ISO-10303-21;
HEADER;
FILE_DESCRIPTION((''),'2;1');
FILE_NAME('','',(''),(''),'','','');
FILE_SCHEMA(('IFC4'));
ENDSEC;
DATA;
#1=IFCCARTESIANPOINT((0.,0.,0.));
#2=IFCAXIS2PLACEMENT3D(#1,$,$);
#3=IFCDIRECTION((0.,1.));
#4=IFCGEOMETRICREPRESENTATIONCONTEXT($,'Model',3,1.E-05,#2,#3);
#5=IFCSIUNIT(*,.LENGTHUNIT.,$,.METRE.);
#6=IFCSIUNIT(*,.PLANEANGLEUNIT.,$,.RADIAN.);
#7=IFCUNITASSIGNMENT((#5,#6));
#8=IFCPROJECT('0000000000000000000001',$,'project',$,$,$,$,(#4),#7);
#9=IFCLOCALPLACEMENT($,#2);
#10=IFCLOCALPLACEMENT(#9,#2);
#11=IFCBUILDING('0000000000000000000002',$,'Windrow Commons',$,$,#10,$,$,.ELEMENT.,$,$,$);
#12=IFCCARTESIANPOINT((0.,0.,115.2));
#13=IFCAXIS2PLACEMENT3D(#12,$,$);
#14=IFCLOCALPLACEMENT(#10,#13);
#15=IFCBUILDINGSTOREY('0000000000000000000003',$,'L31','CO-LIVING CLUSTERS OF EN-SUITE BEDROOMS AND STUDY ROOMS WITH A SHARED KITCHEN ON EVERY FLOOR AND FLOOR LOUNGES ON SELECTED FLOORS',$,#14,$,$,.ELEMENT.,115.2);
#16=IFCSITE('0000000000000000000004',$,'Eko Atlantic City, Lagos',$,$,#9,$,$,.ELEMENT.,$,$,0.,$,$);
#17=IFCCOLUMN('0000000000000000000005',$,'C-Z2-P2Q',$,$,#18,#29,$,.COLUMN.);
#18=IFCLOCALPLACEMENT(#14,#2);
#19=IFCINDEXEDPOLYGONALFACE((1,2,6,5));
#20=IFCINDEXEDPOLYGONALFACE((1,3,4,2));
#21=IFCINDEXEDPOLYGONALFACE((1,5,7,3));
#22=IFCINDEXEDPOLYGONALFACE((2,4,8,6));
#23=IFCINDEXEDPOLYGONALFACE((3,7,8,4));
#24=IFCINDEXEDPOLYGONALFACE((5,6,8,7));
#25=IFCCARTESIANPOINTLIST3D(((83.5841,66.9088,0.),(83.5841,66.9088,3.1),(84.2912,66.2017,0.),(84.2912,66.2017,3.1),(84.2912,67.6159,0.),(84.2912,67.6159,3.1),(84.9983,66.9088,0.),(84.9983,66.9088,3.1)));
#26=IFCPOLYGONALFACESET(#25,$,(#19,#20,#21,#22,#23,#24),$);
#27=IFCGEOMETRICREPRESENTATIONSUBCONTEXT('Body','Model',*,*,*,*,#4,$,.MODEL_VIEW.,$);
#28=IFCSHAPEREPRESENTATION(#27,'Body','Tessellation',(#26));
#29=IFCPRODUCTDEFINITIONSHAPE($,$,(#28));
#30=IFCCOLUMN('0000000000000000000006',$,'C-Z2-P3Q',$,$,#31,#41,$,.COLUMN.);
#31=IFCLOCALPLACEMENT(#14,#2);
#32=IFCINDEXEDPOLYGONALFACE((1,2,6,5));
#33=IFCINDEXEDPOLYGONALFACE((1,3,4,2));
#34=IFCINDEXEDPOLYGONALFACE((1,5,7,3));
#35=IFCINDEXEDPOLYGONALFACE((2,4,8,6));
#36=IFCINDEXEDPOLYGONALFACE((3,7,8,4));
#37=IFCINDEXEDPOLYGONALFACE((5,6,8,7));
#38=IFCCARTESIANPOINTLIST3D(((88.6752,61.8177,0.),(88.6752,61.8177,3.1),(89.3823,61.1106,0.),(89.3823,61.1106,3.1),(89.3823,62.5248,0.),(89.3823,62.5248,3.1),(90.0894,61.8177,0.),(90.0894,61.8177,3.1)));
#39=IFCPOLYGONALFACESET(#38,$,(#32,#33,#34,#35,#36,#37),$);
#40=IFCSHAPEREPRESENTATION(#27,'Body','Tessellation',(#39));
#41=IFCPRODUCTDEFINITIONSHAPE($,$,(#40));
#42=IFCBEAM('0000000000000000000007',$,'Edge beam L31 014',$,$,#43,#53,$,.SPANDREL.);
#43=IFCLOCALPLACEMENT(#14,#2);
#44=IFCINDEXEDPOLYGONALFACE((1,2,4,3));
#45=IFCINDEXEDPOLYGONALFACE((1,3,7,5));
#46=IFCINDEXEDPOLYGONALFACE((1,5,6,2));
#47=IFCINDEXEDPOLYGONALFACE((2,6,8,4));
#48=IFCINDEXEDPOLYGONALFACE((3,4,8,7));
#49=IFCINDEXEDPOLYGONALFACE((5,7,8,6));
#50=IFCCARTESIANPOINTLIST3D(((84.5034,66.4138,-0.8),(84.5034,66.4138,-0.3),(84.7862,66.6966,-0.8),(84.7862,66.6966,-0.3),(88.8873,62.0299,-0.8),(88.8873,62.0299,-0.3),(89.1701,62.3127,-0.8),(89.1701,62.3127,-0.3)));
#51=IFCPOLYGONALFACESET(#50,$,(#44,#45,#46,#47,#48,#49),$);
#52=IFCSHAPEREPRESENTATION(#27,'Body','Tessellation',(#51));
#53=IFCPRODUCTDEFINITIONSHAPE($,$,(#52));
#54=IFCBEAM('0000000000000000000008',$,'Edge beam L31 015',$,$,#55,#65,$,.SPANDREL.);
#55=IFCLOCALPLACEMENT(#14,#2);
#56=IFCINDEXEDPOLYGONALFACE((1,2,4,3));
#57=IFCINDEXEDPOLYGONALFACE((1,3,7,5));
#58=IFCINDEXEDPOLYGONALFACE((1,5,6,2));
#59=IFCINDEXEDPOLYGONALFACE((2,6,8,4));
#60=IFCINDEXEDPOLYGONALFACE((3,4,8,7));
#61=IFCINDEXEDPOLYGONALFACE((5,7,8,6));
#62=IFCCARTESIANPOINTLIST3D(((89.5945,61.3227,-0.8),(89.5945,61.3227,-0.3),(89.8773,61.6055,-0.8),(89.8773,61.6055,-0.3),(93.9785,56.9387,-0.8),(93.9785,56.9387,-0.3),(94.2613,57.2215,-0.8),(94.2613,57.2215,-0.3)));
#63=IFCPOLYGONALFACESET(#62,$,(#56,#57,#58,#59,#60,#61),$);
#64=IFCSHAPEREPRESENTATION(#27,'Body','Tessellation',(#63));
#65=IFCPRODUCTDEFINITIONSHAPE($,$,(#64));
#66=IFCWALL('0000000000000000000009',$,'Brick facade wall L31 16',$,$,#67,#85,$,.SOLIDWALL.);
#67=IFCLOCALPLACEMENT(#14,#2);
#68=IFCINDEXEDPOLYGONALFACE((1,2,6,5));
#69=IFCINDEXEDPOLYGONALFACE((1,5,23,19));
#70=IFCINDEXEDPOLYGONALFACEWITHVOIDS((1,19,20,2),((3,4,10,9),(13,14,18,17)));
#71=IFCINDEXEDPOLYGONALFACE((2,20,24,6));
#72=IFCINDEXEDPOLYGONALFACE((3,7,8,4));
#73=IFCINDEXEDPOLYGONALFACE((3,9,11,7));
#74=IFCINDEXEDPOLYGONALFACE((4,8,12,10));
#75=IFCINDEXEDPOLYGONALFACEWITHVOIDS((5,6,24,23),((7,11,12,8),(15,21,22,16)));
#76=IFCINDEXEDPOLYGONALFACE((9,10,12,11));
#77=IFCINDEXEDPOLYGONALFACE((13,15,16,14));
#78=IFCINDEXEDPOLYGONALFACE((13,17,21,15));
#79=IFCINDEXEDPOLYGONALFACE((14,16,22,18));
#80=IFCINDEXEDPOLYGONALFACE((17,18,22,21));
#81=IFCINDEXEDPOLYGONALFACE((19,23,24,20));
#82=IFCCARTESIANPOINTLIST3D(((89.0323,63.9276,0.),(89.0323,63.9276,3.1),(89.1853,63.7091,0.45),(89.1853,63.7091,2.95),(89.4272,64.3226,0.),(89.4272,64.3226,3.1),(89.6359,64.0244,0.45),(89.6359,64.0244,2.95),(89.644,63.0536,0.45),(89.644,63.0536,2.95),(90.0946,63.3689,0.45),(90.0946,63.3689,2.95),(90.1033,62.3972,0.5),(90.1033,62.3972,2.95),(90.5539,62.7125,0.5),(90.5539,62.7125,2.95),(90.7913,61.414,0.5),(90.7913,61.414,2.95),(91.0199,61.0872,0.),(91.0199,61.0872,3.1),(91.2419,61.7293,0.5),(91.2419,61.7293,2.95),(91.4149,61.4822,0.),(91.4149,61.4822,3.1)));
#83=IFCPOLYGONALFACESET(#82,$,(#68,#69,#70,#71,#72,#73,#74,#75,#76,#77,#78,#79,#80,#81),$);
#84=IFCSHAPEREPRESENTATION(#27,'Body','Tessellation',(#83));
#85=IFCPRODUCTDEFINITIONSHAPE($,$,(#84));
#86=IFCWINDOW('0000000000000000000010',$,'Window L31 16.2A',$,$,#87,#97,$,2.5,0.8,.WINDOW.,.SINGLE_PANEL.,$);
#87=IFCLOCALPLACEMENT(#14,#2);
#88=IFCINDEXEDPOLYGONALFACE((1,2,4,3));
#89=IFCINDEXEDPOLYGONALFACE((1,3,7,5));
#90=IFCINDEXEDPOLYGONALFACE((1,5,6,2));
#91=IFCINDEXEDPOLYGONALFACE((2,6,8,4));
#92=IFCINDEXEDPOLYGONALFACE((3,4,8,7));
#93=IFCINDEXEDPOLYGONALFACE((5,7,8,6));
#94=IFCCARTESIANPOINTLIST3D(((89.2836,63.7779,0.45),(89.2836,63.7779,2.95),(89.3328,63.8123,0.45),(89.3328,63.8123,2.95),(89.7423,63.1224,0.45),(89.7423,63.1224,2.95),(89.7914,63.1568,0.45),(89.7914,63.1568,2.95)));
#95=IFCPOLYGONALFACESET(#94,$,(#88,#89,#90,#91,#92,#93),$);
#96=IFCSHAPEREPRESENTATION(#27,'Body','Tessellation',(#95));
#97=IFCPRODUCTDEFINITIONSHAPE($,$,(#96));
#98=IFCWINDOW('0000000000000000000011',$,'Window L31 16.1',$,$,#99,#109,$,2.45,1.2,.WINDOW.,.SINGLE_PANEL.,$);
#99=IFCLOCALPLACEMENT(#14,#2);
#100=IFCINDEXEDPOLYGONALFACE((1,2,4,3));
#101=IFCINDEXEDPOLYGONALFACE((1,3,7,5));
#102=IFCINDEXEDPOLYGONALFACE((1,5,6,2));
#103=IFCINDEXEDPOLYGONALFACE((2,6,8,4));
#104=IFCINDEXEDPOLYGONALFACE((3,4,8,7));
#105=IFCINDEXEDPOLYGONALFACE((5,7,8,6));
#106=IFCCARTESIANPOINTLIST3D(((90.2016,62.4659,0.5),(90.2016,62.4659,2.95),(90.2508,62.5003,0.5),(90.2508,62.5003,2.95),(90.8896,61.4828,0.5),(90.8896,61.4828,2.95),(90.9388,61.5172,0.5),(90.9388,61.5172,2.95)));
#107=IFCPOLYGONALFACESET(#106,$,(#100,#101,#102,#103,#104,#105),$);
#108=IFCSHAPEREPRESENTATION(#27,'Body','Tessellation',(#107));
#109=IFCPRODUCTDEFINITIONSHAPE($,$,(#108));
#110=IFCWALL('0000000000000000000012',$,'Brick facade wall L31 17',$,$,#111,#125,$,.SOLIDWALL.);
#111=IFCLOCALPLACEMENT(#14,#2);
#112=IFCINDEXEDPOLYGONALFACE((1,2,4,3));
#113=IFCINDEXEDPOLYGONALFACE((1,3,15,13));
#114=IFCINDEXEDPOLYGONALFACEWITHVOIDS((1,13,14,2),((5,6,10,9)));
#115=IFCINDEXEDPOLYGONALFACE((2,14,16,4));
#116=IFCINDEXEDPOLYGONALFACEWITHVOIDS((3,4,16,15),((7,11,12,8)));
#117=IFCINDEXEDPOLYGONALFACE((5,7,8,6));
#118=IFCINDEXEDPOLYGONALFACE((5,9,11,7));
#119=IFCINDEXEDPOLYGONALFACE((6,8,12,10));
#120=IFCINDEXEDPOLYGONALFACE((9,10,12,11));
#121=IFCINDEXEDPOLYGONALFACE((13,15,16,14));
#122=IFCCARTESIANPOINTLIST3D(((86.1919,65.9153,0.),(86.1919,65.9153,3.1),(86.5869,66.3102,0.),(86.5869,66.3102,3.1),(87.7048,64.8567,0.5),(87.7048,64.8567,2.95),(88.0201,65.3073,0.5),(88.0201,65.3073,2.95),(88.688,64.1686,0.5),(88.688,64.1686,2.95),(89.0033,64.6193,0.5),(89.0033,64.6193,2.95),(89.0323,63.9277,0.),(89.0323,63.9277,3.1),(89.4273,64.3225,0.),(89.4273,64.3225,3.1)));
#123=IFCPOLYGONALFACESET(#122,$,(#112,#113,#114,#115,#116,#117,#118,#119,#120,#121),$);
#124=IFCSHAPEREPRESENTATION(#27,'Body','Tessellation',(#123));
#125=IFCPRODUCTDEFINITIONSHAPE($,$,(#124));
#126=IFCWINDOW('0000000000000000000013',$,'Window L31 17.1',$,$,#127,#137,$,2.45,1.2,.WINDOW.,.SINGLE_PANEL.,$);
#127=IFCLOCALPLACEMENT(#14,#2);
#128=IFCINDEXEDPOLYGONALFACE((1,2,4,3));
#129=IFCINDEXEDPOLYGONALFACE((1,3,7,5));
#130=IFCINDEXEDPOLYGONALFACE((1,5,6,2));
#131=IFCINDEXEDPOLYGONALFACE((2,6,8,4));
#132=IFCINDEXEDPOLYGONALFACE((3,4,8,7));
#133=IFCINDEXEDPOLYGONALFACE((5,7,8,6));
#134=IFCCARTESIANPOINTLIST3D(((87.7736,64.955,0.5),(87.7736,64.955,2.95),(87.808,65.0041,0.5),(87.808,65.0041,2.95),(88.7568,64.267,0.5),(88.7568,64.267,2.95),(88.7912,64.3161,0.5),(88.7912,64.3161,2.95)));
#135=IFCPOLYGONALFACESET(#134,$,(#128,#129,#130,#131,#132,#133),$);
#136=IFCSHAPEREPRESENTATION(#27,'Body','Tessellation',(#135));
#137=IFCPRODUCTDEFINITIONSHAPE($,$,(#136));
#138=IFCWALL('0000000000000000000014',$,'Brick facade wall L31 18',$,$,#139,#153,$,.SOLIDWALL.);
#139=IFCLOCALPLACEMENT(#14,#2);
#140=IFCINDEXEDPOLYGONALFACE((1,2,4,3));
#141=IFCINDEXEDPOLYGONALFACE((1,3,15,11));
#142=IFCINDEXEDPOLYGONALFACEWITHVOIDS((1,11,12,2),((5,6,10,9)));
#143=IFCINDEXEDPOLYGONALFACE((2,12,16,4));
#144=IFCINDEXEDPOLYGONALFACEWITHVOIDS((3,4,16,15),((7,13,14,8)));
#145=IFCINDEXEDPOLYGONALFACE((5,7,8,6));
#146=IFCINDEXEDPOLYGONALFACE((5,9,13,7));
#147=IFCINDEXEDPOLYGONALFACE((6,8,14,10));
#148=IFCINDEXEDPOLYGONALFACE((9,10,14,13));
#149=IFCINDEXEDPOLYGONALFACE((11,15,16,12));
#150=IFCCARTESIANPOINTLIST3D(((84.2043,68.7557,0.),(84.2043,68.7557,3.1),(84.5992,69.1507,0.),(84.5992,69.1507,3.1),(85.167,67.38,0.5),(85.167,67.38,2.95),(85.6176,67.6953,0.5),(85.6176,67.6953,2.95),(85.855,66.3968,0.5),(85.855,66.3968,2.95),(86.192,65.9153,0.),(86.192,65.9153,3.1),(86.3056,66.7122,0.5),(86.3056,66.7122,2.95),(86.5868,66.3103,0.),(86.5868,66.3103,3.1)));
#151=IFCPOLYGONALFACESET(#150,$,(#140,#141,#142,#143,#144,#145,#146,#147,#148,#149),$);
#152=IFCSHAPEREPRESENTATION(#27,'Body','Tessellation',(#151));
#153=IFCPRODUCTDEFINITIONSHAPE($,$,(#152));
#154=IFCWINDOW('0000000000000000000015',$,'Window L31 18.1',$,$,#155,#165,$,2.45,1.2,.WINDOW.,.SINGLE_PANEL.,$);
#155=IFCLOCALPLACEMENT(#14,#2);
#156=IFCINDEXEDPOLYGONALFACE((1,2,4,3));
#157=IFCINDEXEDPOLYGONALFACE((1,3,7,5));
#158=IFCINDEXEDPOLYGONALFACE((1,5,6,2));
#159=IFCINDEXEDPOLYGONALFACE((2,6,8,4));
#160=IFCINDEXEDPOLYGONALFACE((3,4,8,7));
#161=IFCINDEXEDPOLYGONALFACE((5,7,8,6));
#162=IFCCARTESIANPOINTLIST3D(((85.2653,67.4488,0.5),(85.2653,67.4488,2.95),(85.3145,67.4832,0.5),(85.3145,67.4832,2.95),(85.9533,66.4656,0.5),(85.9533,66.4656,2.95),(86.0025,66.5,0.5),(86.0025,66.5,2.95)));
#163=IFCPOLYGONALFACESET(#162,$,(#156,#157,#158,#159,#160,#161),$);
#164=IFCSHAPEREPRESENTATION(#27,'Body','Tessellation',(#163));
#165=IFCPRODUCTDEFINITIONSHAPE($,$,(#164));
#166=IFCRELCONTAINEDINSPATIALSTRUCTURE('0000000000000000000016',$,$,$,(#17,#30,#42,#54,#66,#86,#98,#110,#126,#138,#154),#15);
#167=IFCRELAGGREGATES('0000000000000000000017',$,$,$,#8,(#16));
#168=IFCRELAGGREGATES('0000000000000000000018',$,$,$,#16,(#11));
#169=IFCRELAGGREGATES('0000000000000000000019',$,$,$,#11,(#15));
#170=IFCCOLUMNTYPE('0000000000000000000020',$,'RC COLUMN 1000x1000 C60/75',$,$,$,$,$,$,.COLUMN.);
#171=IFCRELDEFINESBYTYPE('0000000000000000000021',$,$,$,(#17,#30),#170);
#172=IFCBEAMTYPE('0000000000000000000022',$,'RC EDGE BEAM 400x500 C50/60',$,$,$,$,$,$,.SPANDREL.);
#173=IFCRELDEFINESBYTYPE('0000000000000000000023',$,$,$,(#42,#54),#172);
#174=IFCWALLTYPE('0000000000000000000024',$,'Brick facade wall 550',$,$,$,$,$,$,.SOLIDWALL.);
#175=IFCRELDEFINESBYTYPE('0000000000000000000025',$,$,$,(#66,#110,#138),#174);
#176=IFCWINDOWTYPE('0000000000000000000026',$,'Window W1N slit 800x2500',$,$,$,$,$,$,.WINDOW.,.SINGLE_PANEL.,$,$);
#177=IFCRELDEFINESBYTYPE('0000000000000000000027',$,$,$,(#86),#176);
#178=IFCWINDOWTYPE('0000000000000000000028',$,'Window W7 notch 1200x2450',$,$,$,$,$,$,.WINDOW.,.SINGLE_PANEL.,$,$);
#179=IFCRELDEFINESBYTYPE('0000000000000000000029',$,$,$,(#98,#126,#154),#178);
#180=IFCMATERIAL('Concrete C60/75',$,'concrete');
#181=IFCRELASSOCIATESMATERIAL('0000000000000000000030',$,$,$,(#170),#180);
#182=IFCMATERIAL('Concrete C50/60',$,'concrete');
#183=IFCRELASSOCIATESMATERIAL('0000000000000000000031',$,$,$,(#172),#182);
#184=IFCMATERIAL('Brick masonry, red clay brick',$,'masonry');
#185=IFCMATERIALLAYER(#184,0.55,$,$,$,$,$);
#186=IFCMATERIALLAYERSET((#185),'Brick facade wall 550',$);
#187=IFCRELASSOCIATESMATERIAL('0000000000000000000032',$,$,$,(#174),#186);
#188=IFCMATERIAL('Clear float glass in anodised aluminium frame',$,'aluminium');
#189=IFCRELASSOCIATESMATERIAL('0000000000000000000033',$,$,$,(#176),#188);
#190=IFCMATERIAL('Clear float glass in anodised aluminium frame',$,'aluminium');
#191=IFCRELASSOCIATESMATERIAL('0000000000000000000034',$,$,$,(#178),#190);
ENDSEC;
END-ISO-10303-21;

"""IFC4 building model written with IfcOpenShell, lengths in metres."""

from ifc_helpers import new_model, si_unit, direction, frame, frame_2d, origin, origin_2d, place, context, subcontext, project, spatial, polyline, rectangle, outline, extrude, material, layer, layer_set, material_profile, profile_set, type_object, element, fill, save


model = new_model("IFC4")

# Units and contexts
model_context = context("Model", 3, precision=1e-05, world=origin(), true_north=direction((0.0, 1.0)))
body_context = subcontext(model_context, "Body", "Model", "MODEL_VIEW")
ifc_project = project(units=[si_unit("LENGTHUNIT", "METRE"), si_unit("PLANEANGLEUNIT", "RADIAN")], contexts=[model_context])

# Site, building, storey
site_placement = place(None, origin())
site = spatial("IfcSite", under=ifc_project, at=site_placement, Name="Eko Atlantic City, Lagos", CompositionType="ELEMENT", RefElevation=0.0)
building_placement = place(site_placement, origin())
building = spatial("IfcBuilding", under=site, at=building_placement, Name="Windrow Commons", CompositionType="ELEMENT")
storey_placement = place(building_placement, frame((0.0, 0.0, 115.2)))
storey = spatial("IfcBuildingStorey", under=building, at=storey_placement, Name="L31", Description="CO-LIVING CLUSTERS OF EN-SUITE BEDROOMS AND STUDY ROOMS WITH A SHARED KITCHEN ON EVERY FLOOR AND FLOOR LOUNGES ON SELECTED FLOORS", CompositionType="ELEMENT", Elevation=115.2)

# Columns
ifc_material_1 = material(Name="Concrete C60/75", Category="concrete")
ifc_material_profile_1 = material_profile(ifc_material_1, rectangle(XDim=1.0, YDim=1.0, at=origin_2d()))
ifc_profile_set_1 = profile_set([ifc_material_profile_1], Name="Concrete C60/75")
column_type = type_object("IfcColumnType", Name="RC COLUMN 1000x1000 C60/75", PredefinedType="COLUMN", material=ifc_profile_set_1)
for number, where, z_axis, x_axis, name in (
    (1, (84.2912, 66.9088, 0.0), (0.0, 0.0, 1.0), (0.707107, -0.707107, 0.0), "C-Z2-P2Q"),
    (2, (89.3823, 61.8177, 0.0), (0.0, 0.0, 1.0), (0.707107, -0.707107, 0.0), "C-Z2-P3Q"),
):
    element("IfcColumn", number, at=place(storey_placement, frame(where, z_axis=z_axis, x_axis=x_axis)), inside=storey, type_object=column_type, Name=name, PredefinedType="COLUMN", context=body_context, shape_type="SweptSolid", body=[
        extrude(rectangle(XDim=1.0, YDim=1.0, at=origin_2d()), origin(), (0.0, 0.0, 1.0), 3.1),
    ])

# Beams
ifc_material_2 = material(Name="Concrete C50/60", Category="concrete")
ifc_material_profile_2 = material_profile(ifc_material_2, rectangle(XDim=0.4, YDim=0.5, at=origin_2d()))
ifc_profile_set_2 = profile_set([ifc_material_profile_2], Name="Concrete C50/60")
beam_type = type_object("IfcBeamType", Name="RC EDGE BEAM 400x500 C50/60", PredefinedType="SPANDREL", material=ifc_profile_set_2)
beam_1_placement = place(storey_placement, frame((84.6448, 66.5552, -0.55), z_axis=(0.707107, -0.707107, 0.0), x_axis=(0.707107, 0.707107, 0.0)))
element("IfcBeam", 3, at=beam_1_placement, inside=storey, type_object=beam_type, Name="Edge beam L31 014", PredefinedType="SPANDREL", context=body_context, shape_type="SweptSolid", body=[
    extrude(rectangle(XDim=0.4, YDim=0.5, at=origin_2d()), origin(), (0.0, 0.0, 1.0), 6.1998),
])
beam_2_placement = place(storey_placement, frame((89.7359, 61.4641, -0.55), z_axis=(0.707107, -0.707107, 0.0), x_axis=(0.707107, 0.707107, 0.0)))
element("IfcBeam", 4, at=beam_2_placement, inside=storey, type_object=beam_type, Name="Edge beam L31 015", PredefinedType="SPANDREL", context=body_context, shape_type="SweptSolid", body=[
    extrude(rectangle(XDim=0.4, YDim=0.5, at=origin_2d()), origin(), (0.0, 0.0, 1.0), 6.1999),
])

# Wall, openings, windows
ifc_material_3 = material(Name="Brick masonry, red clay brick", Category="masonry")
ifc_layer_1 = layer(ifc_material_3, 0.55)
ifc_layer_set_1 = layer_set([ifc_layer_1], Name="Brick facade wall 550")
wall_type_1 = type_object("IfcWallType", Name="Brick facade wall 550", PredefinedType="SOLIDWALL", material=ifc_layer_set_1)
wall_1_placement = place(storey_placement, frame((91.2174, 61.2847, 0.0), z_axis=(0.0, 0.0, 1.0), x_axis=(-0.573331, 0.819324, 0.0)))
wall_1 = element("IfcWall", 5, at=wall_1_placement, inside=storey, type_object=wall_type_1, Name="Brick facade wall L31 16", PredefinedType="SOLIDWALL", context=body_context, shape_type="SweptSolid", body=[
    extrude(outline(polyline([(0.0486, -0.275), (3.5154, -0.275), (3.4182, 0.275), (-0.0486, 0.275), (0.0486, -0.275)])), origin(), (0.0, 0.0, 1.0), 3.1),
])
opening_1_placement = place(wall_1_placement, frame((0.3502, 0.0, 0.5)))
opening_1 = element("IfcOpeningElement", 6, at=opening_1_placement, cuts=wall_1, PredefinedType="OPENING", context=body_context, shape_type="SweptSolid", body=[
    extrude(rectangle(XDim=1.2, YDim=2.45, at=frame_2d((0.6, 1.225))), frame((0.0, 0.285, 0.0), z_axis=(0.0, -1.0, 0.0), x_axis=(1.0, 0.0, 0.0)), (0.0, 0.0, 1.0), 0.57),
])
opening_2_placement = place(wall_1_placement, frame((2.3514, 0.0, 0.45)))
opening_2 = element("IfcOpeningElement", 7, at=opening_2_placement, cuts=wall_1, PredefinedType="OPENING", context=body_context, shape_type="SweptSolid", body=[
    extrude(rectangle(XDim=0.8, YDim=2.5, at=frame_2d((0.4, 1.25))), frame((0.0, 0.285, 0.0), z_axis=(0.0, -1.0, 0.0), x_axis=(1.0, 0.0, 0.0)), (0.0, 0.0, 1.0), 0.57),
])
ifc_material_4 = material(Name="Clear float glass in anodised aluminium frame", Category="aluminium")
window_type_1 = type_object("IfcWindowType", Name="Window W1N slit 800x2500", PartitioningType="SINGLE_PANEL", PredefinedType="WINDOW", material=ifc_material_4)
window_1_placement = place(opening_2_placement, origin())
window_1 = element("IfcWindow", 8, at=window_1_placement, inside=storey, type_object=window_type_1, Name="Window L31 16.2A", OverallHeight=2.5, OverallWidth=0.8, PartitioningType="SINGLE_PANEL", PredefinedType="WINDOW", context=body_context, shape_type="SweptSolid", body=[
    extrude(rectangle(XDim=0.8, YDim=2.5, at=frame_2d((0.4, 1.25))), frame((0.0, 0.155, 0.0), z_axis=(0.0, -1.0, 0.0), x_axis=(1.0, 0.0, 0.0)), (0.0, 0.0, 1.0), 0.06),
])
fill(opening_2, window_1)
ifc_material_5 = material(Name="Clear float glass in anodised aluminium frame", Category="aluminium")
window_type_2 = type_object("IfcWindowType", Name="Window W7 notch 1200x2450", PartitioningType="SINGLE_PANEL", PredefinedType="WINDOW", material=ifc_material_5)
window_2_placement = place(opening_1_placement, origin())
window_2 = element("IfcWindow", 9, at=window_2_placement, inside=storey, type_object=window_type_2, Name="Window L31 16.1", OverallHeight=2.45, OverallWidth=1.2, PartitioningType="SINGLE_PANEL", PredefinedType="WINDOW", context=body_context, shape_type="SweptSolid", body=[
    extrude(rectangle(XDim=1.2, YDim=2.45, at=frame_2d((0.6, 1.225))), frame((0.0, 0.155, 0.0), z_axis=(0.0, -1.0, 0.0), x_axis=(1.0, 0.0, 0.0)), (0.0, 0.0, 1.0), 0.06),
])
fill(opening_1, window_2)

# Walls, openings, windows
wall_2_placement = place(storey_placement, frame((89.2298, 64.1251, 0.0), z_axis=(0.0, 0.0, 1.0), x_axis=(-0.819311, 0.57335, 0.0)))
wall_2 = element("IfcWall", 10, at=wall_2_placement, inside=storey, type_object=wall_type_1, Name="Brick facade wall L31 17", PredefinedType="SOLIDWALL", context=body_context, shape_type="SweptSolid", body=[
    extrude(outline(polyline([(-0.0486, -0.275), (3.4182, -0.275), (3.5154, 0.275), (0.0486, 0.275), (-0.0486, -0.275)])), origin(), (0.0, 0.0, 1.0), 3.1),
])
opening_3_placement = place(wall_2_placement, frame((0.4689, 0.0, 0.5)))
opening_3 = element("IfcOpeningElement", 11, at=opening_3_placement, cuts=wall_2, PredefinedType="OPENING", context=body_context, shape_type="SweptSolid", body=[
    extrude(rectangle(XDim=1.2, YDim=2.45, at=frame_2d((0.6, 1.225))), frame((0.0, 0.285, 0.0), z_axis=(0.0, -1.0, 0.0), x_axis=(1.0, 0.0, 0.0)), (0.0, 0.0, 1.0), 0.57),
])
window_3_placement = place(opening_3_placement, origin())
window_3 = element("IfcWindow", 12, at=window_3_placement, inside=storey, type_object=window_type_2, Name="Window L31 17.1", OverallHeight=2.45, OverallWidth=1.2, PartitioningType="SINGLE_PANEL", PredefinedType="WINDOW", context=body_context, shape_type="SweptSolid", body=[
    extrude(rectangle(XDim=1.2, YDim=2.45, at=frame_2d((0.6, 1.225))), frame((0.0, 0.155, 0.0), z_axis=(0.0, -1.0, 0.0), x_axis=(1.0, 0.0, 0.0)), (0.0, 0.0, 1.0), 0.06),
])
fill(opening_3, window_3)
wall_3_placement = place(storey_placement, frame((86.3894, 66.1128, 0.0), z_axis=(0.0, 0.0, 1.0), x_axis=(-0.57335, 0.819311, 0.0)))
wall_3 = element("IfcWall", 13, at=wall_3_placement, inside=storey, type_object=wall_type_1, Name="Brick facade wall L31 18", PredefinedType="SOLIDWALL", context=body_context, shape_type="SweptSolid", body=[
    extrude(outline(polyline([(0.0486, -0.275), (3.5154, -0.275), (3.4182, 0.275), (-0.0486, 0.275), (0.0486, -0.275)])), origin(), (0.0, 0.0, 1.0), 3.1),
])
opening_4_placement = place(wall_3_placement, frame((0.5391, 0.0, 0.5)))
opening_4 = element("IfcOpeningElement", 14, at=opening_4_placement, cuts=wall_3, PredefinedType="OPENING", context=body_context, shape_type="SweptSolid", body=[
    extrude(rectangle(XDim=1.2, YDim=2.45, at=frame_2d((0.6, 1.225))), frame((0.0, 0.285, 0.0), z_axis=(0.0, -1.0, 0.0), x_axis=(1.0, 0.0, 0.0)), (0.0, 0.0, 1.0), 0.57),
])
window_4_placement = place(opening_4_placement, origin())
window_4 = element("IfcWindow", 15, at=window_4_placement, inside=storey, type_object=window_type_2, Name="Window L31 18.1", OverallHeight=2.45, OverallWidth=1.2, PartitioningType="SINGLE_PANEL", PredefinedType="WINDOW", context=body_context, shape_type="SweptSolid", body=[
    extrude(rectangle(XDim=1.2, YDim=2.45, at=frame_2d((0.6, 1.225))), frame((0.0, 0.155, 0.0), z_axis=(0.0, -1.0, 0.0), x_axis=(1.0, 0.0, 0.0)), (0.0, 0.0, 1.0), 0.06),
])
fill(opening_4, window_4)

save(model, "model.ifc")
